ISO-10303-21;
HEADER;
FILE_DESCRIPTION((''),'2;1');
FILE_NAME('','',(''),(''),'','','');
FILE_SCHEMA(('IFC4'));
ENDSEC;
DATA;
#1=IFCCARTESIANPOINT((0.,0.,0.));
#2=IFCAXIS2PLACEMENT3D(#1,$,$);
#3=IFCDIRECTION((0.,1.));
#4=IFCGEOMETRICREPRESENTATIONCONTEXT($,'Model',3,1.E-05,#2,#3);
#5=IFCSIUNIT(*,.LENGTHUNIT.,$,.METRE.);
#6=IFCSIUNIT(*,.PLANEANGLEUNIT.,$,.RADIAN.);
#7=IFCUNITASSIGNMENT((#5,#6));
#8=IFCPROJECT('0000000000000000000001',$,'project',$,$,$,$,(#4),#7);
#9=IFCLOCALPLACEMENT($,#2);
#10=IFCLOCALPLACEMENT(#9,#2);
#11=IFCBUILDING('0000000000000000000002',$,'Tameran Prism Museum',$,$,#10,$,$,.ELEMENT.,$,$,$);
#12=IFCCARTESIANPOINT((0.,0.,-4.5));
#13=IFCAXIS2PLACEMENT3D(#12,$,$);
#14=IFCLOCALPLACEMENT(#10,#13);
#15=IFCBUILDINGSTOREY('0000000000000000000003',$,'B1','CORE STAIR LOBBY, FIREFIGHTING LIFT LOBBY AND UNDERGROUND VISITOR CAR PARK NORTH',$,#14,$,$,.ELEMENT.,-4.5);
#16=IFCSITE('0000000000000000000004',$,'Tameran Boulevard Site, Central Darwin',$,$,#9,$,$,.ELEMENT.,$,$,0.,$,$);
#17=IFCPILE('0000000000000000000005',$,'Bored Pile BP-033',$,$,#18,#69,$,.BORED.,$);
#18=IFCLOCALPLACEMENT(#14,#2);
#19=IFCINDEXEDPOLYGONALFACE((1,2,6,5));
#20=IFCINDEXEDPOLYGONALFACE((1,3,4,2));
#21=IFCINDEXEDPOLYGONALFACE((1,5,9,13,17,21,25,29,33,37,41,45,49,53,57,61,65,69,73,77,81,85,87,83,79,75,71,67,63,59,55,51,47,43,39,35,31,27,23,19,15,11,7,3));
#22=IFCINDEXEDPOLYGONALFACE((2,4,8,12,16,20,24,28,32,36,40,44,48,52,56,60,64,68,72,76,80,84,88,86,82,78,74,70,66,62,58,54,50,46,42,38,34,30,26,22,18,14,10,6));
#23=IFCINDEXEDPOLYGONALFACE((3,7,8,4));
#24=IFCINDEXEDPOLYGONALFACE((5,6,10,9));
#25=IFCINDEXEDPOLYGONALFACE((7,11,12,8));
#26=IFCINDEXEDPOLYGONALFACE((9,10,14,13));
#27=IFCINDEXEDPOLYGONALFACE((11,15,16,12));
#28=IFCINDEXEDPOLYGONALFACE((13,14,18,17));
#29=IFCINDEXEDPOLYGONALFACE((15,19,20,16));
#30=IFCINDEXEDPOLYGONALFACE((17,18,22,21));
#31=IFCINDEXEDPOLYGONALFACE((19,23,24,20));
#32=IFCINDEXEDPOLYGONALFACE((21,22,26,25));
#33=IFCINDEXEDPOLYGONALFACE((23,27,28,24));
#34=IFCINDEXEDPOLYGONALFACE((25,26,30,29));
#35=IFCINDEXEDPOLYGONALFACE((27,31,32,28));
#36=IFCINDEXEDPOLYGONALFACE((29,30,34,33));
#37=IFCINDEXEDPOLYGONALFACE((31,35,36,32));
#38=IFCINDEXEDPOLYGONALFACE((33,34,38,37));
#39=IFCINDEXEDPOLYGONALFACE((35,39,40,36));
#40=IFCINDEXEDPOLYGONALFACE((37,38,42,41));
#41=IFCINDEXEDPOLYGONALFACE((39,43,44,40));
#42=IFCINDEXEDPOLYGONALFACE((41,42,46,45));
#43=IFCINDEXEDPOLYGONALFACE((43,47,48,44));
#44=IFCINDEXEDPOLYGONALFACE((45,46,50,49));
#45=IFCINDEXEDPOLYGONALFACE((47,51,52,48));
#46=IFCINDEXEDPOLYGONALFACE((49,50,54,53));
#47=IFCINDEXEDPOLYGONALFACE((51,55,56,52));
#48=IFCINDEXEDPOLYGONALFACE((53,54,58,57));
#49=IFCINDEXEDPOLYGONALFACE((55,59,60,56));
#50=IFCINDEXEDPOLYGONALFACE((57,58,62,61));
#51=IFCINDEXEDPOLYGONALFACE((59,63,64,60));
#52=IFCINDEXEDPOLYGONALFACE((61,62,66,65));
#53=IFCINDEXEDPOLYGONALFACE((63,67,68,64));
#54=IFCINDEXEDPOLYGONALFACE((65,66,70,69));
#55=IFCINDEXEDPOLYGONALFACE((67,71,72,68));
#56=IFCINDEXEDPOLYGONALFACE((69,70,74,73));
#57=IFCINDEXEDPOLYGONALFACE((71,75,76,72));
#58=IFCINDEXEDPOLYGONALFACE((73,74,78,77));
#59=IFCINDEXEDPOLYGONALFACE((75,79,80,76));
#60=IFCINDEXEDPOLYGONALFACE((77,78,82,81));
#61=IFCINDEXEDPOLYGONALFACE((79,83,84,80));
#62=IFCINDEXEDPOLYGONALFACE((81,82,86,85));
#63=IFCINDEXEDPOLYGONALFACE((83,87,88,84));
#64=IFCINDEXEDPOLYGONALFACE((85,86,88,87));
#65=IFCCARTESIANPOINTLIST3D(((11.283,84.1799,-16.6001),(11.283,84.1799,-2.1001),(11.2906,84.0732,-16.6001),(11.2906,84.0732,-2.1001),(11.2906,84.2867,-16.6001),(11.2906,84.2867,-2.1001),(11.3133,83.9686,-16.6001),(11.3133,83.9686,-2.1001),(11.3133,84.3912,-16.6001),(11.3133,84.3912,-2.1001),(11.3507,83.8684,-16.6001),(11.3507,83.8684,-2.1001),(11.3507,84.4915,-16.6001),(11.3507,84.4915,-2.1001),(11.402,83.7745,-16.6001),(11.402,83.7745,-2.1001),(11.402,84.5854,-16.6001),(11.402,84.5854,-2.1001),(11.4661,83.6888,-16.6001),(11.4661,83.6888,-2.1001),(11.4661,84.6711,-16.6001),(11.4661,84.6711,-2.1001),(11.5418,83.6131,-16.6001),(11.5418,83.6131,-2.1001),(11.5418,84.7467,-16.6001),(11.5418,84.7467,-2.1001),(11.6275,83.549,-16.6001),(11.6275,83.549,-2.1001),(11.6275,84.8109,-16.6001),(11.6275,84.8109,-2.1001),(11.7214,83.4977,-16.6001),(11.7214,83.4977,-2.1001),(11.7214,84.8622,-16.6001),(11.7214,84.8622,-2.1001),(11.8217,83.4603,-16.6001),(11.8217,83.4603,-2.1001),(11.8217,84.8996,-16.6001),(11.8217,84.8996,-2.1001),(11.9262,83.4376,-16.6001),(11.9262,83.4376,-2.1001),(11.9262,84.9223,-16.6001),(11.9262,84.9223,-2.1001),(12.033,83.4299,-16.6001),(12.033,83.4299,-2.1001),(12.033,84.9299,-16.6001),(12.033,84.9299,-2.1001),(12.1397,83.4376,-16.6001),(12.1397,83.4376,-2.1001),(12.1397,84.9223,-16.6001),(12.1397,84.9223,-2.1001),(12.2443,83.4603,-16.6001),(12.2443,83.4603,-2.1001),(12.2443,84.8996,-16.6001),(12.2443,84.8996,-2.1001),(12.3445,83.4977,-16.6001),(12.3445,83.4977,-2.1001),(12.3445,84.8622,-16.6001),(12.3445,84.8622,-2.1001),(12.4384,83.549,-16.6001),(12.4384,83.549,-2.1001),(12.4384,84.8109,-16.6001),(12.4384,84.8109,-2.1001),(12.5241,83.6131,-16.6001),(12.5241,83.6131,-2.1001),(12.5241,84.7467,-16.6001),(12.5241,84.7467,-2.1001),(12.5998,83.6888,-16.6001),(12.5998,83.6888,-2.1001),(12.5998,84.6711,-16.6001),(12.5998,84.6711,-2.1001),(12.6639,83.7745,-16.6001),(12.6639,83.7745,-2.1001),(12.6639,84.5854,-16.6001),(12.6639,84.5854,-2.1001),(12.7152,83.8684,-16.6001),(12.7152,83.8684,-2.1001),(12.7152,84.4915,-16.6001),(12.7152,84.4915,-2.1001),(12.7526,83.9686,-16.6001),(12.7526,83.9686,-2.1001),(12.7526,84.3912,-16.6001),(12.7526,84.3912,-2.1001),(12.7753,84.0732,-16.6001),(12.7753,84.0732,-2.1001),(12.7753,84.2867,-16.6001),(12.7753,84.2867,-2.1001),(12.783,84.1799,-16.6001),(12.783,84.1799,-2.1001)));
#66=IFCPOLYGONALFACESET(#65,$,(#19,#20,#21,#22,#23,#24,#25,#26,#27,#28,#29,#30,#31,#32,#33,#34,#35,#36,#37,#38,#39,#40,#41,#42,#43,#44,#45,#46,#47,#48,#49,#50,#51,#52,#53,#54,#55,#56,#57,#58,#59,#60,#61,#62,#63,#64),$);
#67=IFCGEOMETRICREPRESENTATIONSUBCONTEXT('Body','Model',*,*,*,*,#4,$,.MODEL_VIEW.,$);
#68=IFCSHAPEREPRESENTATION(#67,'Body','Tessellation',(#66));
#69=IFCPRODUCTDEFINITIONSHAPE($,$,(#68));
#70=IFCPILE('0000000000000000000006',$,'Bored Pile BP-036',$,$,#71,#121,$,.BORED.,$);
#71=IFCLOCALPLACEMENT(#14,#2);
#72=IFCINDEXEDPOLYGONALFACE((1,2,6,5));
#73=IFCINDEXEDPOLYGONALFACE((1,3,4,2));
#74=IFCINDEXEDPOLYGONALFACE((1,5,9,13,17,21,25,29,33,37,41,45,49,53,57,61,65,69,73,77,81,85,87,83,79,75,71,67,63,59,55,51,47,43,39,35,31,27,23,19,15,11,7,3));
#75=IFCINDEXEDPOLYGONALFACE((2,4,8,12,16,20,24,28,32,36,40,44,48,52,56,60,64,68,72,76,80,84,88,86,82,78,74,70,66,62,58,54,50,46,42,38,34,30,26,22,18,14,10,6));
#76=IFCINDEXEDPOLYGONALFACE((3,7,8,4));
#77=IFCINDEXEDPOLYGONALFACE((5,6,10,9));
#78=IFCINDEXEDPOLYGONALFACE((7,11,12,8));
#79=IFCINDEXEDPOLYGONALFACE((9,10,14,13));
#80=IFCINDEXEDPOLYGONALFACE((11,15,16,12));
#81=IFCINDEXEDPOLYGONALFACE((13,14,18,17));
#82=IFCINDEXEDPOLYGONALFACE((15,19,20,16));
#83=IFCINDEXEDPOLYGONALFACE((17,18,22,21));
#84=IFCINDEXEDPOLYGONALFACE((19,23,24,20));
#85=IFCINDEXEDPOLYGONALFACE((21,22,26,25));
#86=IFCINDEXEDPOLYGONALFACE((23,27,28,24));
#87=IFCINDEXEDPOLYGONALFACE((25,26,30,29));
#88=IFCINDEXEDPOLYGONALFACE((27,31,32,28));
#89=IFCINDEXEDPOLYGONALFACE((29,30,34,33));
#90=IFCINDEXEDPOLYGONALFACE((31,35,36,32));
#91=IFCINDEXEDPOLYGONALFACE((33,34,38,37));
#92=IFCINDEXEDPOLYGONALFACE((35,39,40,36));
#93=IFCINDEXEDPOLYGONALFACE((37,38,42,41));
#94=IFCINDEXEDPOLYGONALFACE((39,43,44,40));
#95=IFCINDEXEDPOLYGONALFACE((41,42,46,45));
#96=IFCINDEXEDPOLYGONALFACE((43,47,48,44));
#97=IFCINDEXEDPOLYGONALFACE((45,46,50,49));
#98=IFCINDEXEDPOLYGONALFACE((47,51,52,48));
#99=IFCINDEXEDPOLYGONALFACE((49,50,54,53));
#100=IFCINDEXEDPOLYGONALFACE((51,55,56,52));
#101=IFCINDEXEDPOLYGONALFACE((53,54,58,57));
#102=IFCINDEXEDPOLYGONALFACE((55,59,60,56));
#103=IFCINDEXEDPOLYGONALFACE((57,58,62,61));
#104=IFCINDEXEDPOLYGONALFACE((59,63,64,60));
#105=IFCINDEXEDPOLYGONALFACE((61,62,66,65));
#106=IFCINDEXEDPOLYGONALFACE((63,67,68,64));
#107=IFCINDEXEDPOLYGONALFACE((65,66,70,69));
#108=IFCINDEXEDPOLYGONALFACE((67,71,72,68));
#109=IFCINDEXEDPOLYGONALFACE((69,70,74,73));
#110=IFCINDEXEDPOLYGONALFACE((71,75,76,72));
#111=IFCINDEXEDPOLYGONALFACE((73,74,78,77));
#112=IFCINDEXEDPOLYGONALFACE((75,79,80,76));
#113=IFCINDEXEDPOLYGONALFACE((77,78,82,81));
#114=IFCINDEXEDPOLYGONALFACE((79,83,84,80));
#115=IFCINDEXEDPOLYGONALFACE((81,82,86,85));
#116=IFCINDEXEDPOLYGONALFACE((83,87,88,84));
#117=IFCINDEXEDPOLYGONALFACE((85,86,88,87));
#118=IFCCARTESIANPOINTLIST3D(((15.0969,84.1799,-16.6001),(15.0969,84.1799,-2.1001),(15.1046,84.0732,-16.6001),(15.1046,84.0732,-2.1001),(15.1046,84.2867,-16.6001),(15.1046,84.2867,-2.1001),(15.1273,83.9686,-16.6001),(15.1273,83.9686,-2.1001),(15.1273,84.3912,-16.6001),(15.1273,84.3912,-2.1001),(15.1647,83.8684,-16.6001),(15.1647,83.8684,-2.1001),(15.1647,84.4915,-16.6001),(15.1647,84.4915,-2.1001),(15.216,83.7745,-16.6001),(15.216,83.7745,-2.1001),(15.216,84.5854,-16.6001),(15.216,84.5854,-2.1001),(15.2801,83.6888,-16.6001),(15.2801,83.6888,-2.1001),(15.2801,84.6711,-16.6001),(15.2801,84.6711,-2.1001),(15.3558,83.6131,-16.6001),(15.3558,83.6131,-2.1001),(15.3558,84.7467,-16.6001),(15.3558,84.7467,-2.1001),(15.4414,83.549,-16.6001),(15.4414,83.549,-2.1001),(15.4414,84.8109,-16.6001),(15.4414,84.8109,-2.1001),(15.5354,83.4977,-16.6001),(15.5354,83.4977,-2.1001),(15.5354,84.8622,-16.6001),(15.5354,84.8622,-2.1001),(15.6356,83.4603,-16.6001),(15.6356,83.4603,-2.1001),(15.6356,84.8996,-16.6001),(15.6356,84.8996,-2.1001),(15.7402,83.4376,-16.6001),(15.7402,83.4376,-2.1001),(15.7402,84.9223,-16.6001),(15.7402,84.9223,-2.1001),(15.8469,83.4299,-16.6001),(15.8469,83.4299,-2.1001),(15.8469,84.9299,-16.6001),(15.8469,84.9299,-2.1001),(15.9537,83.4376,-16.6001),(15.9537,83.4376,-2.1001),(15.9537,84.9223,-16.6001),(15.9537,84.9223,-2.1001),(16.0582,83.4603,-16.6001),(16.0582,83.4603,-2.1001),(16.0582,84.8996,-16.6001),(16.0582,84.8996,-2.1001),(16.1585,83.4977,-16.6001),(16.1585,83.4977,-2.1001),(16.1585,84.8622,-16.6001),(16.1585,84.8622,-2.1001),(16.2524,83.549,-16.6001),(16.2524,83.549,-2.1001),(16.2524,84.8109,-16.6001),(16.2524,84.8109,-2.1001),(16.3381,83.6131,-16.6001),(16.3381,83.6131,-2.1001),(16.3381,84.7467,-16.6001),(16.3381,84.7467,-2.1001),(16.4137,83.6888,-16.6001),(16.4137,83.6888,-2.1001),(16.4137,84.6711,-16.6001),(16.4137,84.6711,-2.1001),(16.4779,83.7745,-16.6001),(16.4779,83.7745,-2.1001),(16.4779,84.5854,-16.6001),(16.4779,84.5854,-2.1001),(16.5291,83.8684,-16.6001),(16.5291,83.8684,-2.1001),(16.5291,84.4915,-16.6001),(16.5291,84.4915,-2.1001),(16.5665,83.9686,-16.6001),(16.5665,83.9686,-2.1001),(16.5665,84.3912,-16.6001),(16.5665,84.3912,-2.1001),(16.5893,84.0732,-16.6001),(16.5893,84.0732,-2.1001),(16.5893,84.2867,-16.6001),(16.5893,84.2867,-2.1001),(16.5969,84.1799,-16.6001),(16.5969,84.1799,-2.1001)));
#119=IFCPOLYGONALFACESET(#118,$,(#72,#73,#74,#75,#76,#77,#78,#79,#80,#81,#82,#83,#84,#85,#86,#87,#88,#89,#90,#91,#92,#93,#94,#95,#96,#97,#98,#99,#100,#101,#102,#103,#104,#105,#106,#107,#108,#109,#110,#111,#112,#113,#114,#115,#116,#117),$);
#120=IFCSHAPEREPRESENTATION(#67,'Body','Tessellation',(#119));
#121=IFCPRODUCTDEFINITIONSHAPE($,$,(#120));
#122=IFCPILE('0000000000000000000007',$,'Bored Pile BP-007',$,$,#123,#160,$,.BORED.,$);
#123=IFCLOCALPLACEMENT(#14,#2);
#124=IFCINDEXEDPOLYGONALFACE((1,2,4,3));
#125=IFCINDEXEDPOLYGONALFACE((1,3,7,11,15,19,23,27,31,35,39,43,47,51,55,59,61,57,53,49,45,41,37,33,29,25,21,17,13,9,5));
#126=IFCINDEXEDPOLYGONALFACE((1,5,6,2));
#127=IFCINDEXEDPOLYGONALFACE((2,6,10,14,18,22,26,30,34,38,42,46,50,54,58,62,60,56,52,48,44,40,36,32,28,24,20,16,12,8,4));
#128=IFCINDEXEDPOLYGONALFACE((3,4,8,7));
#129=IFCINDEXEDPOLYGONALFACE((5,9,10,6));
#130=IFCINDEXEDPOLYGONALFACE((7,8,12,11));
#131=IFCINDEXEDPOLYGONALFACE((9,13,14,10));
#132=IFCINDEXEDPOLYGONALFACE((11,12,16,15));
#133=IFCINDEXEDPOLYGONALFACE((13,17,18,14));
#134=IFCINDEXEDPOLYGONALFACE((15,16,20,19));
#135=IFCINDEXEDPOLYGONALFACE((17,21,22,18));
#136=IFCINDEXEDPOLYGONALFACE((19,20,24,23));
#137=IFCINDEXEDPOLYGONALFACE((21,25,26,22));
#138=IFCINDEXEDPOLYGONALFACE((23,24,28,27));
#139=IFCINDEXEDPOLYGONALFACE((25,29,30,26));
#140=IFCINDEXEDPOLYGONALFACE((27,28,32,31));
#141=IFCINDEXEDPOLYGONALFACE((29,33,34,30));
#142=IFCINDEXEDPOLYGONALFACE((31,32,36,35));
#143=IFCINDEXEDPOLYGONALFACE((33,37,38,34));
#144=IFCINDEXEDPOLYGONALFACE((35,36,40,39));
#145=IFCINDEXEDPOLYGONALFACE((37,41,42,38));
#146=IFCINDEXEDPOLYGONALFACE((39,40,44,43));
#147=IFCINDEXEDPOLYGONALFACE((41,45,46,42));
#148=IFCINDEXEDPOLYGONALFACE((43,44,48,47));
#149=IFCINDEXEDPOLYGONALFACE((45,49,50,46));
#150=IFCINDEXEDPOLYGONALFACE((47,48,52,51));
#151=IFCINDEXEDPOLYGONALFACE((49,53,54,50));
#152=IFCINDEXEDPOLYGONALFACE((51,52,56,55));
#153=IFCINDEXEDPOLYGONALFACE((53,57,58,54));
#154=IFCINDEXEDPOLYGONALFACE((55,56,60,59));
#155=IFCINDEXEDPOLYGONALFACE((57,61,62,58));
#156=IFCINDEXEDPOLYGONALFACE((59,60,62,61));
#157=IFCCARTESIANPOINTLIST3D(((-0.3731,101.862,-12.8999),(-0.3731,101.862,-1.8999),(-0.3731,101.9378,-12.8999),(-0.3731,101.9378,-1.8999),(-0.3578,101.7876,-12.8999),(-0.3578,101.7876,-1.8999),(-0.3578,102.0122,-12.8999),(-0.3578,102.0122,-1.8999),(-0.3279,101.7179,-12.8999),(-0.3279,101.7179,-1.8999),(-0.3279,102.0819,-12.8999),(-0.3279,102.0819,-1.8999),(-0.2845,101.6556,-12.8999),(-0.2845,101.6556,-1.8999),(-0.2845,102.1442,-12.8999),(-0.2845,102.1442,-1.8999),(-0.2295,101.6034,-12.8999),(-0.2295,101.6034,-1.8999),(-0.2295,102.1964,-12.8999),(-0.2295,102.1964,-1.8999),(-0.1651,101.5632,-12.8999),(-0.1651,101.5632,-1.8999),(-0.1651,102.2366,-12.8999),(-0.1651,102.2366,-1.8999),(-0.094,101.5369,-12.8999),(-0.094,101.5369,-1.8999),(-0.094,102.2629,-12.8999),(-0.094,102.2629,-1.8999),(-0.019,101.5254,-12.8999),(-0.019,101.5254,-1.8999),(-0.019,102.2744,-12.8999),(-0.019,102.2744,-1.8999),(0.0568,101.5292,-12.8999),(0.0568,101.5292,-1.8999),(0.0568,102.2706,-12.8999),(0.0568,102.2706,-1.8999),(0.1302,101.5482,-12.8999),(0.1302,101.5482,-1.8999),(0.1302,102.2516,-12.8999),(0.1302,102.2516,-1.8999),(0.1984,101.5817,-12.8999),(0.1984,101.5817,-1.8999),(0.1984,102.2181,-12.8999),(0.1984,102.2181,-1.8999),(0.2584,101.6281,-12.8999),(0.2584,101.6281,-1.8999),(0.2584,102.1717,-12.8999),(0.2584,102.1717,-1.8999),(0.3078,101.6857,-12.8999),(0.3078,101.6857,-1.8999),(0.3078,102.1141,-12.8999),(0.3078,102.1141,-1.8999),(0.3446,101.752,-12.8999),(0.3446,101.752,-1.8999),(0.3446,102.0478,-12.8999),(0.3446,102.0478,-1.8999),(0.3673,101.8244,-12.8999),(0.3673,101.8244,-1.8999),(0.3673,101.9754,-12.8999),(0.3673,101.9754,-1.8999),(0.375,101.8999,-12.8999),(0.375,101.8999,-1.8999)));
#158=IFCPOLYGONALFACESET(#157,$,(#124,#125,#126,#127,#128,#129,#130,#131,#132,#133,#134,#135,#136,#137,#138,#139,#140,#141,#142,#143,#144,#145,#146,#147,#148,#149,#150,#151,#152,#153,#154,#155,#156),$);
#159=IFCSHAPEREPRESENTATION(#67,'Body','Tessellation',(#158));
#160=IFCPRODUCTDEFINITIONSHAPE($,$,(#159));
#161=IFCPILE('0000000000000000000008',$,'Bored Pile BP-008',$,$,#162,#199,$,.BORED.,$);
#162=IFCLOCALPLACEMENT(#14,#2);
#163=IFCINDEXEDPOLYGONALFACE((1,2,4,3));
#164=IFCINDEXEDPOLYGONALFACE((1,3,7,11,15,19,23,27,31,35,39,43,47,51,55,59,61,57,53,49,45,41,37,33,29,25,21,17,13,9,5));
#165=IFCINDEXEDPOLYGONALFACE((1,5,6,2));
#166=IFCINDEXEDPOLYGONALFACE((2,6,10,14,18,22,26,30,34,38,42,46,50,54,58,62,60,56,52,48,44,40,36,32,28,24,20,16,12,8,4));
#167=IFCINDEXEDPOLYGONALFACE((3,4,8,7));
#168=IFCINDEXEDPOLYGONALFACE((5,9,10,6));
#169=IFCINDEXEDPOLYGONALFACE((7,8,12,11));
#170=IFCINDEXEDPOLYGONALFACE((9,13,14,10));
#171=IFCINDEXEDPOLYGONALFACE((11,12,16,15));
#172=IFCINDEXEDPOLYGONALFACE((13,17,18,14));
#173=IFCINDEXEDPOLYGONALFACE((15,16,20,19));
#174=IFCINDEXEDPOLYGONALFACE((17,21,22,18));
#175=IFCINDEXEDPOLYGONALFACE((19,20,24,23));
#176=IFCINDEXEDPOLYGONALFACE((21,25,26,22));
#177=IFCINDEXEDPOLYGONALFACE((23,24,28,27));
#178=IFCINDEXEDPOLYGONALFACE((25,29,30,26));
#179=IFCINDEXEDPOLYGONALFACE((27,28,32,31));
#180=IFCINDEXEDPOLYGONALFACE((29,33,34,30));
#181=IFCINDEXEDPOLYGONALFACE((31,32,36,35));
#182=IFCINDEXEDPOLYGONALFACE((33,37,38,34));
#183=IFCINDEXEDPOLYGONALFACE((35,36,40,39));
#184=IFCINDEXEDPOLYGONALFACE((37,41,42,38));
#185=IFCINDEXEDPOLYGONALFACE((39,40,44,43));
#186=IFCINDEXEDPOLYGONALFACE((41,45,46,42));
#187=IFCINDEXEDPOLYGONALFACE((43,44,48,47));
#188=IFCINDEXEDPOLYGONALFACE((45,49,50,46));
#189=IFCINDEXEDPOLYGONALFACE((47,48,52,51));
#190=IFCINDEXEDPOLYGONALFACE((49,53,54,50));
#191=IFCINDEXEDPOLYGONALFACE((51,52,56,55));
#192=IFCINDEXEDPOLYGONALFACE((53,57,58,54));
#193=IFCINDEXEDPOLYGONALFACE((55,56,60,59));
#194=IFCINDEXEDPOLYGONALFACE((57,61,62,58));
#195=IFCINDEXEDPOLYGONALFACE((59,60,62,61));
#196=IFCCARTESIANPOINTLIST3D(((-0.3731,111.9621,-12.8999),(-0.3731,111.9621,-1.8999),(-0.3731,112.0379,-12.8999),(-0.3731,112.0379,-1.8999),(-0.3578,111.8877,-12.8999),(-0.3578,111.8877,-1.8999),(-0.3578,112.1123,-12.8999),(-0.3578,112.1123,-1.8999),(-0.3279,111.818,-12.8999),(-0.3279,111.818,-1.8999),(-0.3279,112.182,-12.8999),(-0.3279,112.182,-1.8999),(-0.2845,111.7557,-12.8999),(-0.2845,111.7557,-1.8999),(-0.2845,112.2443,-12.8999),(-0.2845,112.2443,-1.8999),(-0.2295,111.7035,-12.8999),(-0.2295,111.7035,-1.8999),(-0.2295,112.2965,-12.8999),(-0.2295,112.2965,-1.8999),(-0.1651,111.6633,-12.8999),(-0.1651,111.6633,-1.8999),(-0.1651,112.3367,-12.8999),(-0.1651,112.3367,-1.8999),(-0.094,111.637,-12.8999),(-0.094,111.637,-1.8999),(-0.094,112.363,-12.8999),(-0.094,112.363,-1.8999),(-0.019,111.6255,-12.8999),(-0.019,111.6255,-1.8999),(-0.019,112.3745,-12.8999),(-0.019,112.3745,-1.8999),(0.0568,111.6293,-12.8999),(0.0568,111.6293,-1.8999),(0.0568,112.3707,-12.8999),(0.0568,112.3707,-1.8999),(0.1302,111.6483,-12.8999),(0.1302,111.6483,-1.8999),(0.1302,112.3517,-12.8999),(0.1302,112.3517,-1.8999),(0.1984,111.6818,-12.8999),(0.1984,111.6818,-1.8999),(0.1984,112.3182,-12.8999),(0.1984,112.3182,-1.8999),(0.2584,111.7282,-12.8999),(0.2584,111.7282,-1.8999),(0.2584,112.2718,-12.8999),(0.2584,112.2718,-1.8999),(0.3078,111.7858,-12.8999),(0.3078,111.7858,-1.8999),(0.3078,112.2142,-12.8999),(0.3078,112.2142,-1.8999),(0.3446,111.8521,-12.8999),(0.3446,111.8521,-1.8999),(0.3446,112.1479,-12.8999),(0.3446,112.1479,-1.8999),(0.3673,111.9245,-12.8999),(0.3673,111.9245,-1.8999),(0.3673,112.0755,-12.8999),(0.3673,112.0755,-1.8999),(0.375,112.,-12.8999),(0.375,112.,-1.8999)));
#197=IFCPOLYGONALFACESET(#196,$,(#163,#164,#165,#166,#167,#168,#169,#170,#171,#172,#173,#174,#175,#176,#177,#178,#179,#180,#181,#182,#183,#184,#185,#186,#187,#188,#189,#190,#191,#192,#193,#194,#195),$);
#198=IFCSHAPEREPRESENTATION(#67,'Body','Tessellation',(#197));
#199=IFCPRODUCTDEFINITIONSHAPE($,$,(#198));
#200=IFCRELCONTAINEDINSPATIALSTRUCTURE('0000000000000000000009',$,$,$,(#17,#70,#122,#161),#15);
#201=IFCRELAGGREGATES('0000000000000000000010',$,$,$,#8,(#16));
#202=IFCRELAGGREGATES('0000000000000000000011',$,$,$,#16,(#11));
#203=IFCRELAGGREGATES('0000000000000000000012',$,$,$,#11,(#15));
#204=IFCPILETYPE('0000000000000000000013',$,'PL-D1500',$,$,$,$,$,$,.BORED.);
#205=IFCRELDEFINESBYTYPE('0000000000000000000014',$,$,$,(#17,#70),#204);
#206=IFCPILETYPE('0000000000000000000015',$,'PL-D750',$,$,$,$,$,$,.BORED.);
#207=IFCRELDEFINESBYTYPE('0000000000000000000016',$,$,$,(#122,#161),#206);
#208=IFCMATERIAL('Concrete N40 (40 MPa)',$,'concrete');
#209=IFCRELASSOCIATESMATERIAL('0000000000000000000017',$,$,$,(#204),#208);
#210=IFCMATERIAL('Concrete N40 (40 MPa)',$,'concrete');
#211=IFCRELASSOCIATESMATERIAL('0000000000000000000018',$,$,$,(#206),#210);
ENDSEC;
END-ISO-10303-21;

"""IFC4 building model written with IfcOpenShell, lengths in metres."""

from ifc_helpers import new_model, si_unit, direction, frame, origin, origin_2d, place, context, subcontext, project, spatial, circle, extrude, material, material_profile, profile_set, type_object, element, save


model = new_model("IFC4")

# Units and contexts
model_context = context("Model", 3, precision=1e-05, world=origin(), true_north=direction((0.0, 1.0)))
body_context = subcontext(model_context, "Body", "Model", "MODEL_VIEW")
ifc_project = project(units=[si_unit("LENGTHUNIT", "METRE"), si_unit("PLANEANGLEUNIT", "RADIAN")], contexts=[model_context])

# Site, building, storey
site_placement = place(None, origin())
site = spatial("IfcSite", under=ifc_project, at=site_placement, Name="Tameran Boulevard Site, Central Darwin", CompositionType="ELEMENT", RefElevation=0.0)
building_placement = place(site_placement, origin())
building = spatial("IfcBuilding", under=site, at=building_placement, Name="Tameran Prism Museum", CompositionType="ELEMENT")
storey_placement = place(building_placement, frame((0.0, 0.0, -4.5)))
storey = spatial("IfcBuildingStorey", under=building, at=storey_placement, Name="B1", Description="CORE STAIR LOBBY, FIREFIGHTING LIFT LOBBY AND UNDERGROUND VISITOR CAR PARK NORTH", CompositionType="ELEMENT", Elevation=-4.5)

# Piles
ifc_material_1 = material(Name="Concrete N40 (40 MPa)", Category="concrete")
ifc_material_profile_1 = material_profile(ifc_material_1, circle(Radius=0.75, at=origin_2d()))
ifc_profile_set_1 = profile_set([ifc_material_profile_1])
pile_type_1 = type_object("IfcPileType", Name="PL-D1500", PredefinedType="BORED", material=ifc_profile_set_1)
for number, where, z_axis, x_axis, name in (
    (1, (12.033, 84.1799, -2.1001), (0.0, 0.0, -1.0), (1.0, 0.0, 0.0), "Bored Pile BP-033"),
    (2, (15.8469, 84.1799, -2.1001), (0.0, 0.0, -1.0), (1.0, 0.0, 0.0), "Bored Pile BP-036"),
):
    element("IfcPile", number, at=place(storey_placement, frame(where, z_axis=z_axis, x_axis=x_axis)), inside=storey, type_object=pile_type_1, Name=name, PredefinedType="BORED", context=body_context, shape_type="SweptSolid", body=[
        extrude(circle(Radius=0.75, at=origin_2d()), origin(), (0.0, 0.0, 1.0), 14.5),
    ])
ifc_material_2 = material(Name="Concrete N40 (40 MPa)", Category="concrete")
ifc_material_profile_2 = material_profile(ifc_material_2, circle(Radius=0.375, at=origin_2d()))
ifc_profile_set_2 = profile_set([ifc_material_profile_2])
pile_type_2 = type_object("IfcPileType", Name="PL-D750", PredefinedType="BORED", material=ifc_profile_set_2)
for number, where, z_axis, x_axis, name in (
    (3, (0.0, 101.8999, -1.8999), (0.0, 0.0, -1.0), (1.0, 0.0, 0.0), "Bored Pile BP-007"),
    (4, (0.0, 112.0, -1.8999), (0.0, 0.0, -1.0), (1.0, 0.0, 0.0), "Bored Pile BP-008"),
):
    element("IfcPile", number, at=place(storey_placement, frame(where, z_axis=z_axis, x_axis=x_axis)), inside=storey, type_object=pile_type_2, Name=name, PredefinedType="BORED", context=body_context, shape_type="SweptSolid", body=[
        extrude(circle(Radius=0.375, at=origin_2d()), origin(), (0.0, 0.0, 1.0), 11.0),
    ])

save(model, "model.ifc")
